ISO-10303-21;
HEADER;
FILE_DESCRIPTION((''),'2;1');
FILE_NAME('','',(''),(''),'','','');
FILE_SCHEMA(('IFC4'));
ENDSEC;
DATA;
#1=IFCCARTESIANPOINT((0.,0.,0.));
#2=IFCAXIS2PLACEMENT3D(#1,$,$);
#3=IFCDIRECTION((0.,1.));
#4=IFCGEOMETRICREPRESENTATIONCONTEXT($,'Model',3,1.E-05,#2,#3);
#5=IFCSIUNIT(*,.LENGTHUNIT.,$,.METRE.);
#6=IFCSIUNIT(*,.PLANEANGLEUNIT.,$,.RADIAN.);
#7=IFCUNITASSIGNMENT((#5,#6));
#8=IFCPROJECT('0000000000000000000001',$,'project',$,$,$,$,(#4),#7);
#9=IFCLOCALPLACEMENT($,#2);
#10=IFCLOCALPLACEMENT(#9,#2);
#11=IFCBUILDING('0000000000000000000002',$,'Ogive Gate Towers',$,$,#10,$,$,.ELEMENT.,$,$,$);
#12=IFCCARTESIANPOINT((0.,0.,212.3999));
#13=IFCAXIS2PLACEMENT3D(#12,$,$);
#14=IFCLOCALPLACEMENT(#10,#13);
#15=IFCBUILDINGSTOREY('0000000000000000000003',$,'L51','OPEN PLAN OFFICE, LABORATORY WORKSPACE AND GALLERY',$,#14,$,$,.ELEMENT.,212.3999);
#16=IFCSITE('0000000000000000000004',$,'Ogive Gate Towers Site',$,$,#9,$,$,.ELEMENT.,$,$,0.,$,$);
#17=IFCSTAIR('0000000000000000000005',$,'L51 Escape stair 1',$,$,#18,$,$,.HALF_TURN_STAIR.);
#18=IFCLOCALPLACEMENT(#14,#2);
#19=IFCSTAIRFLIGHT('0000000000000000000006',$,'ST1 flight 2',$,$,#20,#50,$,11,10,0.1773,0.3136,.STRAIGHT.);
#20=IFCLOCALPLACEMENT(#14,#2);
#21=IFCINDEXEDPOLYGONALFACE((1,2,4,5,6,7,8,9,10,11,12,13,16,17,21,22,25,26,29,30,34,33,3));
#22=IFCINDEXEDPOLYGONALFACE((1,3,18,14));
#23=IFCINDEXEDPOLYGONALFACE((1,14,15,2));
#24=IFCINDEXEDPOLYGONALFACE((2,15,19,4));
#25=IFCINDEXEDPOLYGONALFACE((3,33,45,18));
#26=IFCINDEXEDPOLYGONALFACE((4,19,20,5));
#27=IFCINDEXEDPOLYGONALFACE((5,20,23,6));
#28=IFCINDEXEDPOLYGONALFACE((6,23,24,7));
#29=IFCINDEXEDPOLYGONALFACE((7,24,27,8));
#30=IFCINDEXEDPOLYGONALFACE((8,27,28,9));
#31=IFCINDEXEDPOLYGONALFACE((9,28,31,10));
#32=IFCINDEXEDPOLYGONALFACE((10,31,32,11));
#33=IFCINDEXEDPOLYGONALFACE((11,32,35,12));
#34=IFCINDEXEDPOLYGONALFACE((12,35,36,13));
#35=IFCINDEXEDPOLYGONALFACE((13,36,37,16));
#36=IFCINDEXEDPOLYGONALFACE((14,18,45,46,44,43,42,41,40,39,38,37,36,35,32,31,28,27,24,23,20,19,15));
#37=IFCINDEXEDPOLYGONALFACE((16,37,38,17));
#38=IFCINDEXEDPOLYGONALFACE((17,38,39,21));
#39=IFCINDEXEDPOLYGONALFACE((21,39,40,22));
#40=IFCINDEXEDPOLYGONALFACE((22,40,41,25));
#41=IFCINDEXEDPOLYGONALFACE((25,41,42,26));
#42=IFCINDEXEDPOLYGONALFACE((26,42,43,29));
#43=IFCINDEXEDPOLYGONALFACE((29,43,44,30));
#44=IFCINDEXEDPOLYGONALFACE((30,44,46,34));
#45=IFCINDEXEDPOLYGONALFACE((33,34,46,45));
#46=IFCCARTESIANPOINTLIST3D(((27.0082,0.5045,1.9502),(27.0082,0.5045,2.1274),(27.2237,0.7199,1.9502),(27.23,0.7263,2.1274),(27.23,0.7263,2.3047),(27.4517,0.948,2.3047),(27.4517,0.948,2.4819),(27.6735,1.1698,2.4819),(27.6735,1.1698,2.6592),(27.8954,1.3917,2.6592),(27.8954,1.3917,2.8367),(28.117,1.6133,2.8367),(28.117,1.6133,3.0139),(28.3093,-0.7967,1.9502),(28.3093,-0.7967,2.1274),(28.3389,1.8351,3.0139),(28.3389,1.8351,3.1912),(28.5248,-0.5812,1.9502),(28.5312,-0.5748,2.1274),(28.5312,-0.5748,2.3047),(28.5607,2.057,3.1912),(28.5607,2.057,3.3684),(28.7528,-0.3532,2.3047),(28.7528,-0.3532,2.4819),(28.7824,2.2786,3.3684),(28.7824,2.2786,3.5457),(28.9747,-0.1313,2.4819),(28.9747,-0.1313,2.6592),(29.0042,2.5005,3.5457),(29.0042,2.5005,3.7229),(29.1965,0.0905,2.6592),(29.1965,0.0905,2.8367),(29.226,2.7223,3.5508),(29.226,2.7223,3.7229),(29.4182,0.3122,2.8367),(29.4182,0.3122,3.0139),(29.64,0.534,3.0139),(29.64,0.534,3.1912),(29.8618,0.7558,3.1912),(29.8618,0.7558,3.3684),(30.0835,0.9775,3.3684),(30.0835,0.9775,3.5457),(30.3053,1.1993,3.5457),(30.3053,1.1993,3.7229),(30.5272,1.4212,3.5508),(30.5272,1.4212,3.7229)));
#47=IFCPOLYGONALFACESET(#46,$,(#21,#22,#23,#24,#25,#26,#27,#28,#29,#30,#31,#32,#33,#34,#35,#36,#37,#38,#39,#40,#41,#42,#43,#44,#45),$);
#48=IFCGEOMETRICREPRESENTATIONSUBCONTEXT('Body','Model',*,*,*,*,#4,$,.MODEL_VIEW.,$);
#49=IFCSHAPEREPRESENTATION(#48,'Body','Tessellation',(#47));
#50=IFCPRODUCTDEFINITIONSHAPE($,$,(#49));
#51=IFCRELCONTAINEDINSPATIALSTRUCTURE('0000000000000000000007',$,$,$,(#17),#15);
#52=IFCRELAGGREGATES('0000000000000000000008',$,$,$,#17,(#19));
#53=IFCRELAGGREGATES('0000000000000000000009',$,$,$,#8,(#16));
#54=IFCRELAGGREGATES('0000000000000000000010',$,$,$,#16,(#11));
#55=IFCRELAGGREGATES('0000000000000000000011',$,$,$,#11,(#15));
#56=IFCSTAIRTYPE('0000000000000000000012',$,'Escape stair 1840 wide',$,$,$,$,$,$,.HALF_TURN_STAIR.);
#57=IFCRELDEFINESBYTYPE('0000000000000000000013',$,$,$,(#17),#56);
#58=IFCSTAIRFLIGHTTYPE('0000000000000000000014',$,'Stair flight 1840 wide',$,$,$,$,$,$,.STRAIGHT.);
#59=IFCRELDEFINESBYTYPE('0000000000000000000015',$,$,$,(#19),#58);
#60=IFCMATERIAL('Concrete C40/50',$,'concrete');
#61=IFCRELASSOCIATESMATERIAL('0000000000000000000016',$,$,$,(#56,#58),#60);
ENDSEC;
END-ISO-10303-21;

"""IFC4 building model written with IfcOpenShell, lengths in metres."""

from ifc_helpers import new_model, si_unit, direction, frame, origin, place, context, subcontext, project, spatial, polyline, outline, extrude, material, type_object, element, aggregate, save


model = new_model("IFC4")

# Units and contexts
model_context = context("Model", 3, precision=1e-05, world=origin(), true_north=direction((0.0, 1.0)))
body_context = subcontext(model_context, "Body", "Model", "MODEL_VIEW")
ifc_project = project(units=[si_unit("LENGTHUNIT", "METRE"), si_unit("PLANEANGLEUNIT", "RADIAN")], contexts=[model_context])

# Site, building, storey
site_placement = place(None, origin())
site = spatial("IfcSite", under=ifc_project, at=site_placement, Name="Ogive Gate Towers Site", CompositionType="ELEMENT", RefElevation=0.0)
building_placement = place(site_placement, origin())
building = spatial("IfcBuilding", under=site, at=building_placement, Name="Ogive Gate Towers", CompositionType="ELEMENT")
storey_placement = place(building_placement, frame((0.0, 0.0, 212.3999)))
storey = spatial("IfcBuildingStorey", under=building, at=storey_placement, Name="L51", Description="OPEN PLAN OFFICE, LABORATORY WORKSPACE AND GALLERY", CompositionType="ELEMENT", Elevation=212.3999)

# Stair, stair flight
ifc_material_1 = material(Name="Concrete C40/50", Category="concrete")
stair_type = type_object("IfcStairType", Name="Escape stair 1840 wide", PredefinedType="HALF_TURN_STAIR", material=ifc_material_1)
stair_placement = place(storey_placement, origin())
stair = element("IfcStair", 1, at=stair_placement, inside=storey, type_object=stair_type, Name="L51 Escape stair 1", PredefinedType="HALF_TURN_STAIR")
stair_flight_type = type_object("IfcStairFlightType", Name="Stair flight 1840 wide", PredefinedType="STRAIGHT", material=ifc_material_1)
stair_flight_placement = place(storey_placement, frame((27.6587, -0.146, 1.9502), z_axis=(0.0, 0.0, 1.0), x_axis=(0.707107, 0.707107, 0.0)))
stair_flight = element("IfcStairFlight", 2, at=stair_flight_placement, type_object=stair_flight_type, Name="ST1 flight 2", NumberOfRisers=11, NumberOfTreads=10, PredefinedType="STRAIGHT", RiserHeight=0.1773, TreadLength=0.3136, context=body_context, shape_type="SweptSolid", body=[
    extrude(outline(polyline([(0.0, 0.0), (0.0, 0.1772), (0.3137, 0.1772), (0.3137, 0.3545), (0.6272, 0.3545), (0.6272, 0.5317), (0.9409, 0.5317), (0.9409, 0.709), (1.2546, 0.709), (1.2546, 0.8865), (1.5681, 0.8865), (1.5681, 1.0637), (1.8818, 1.0637), (1.8818, 1.241), (2.1956, 1.241), (2.1956, 1.4182), (2.509, 1.4182), (2.509, 1.5955), (2.8228, 1.5955), (2.8228, 1.7727), (3.1365, 1.7727), (3.1365, 1.95), (3.1365, 1.6006), (0.3047, 0.0), (0.0, 0.0)])), frame((0.0, 0.9199, 0.0), z_axis=(0.0, -1.0, 0.0), x_axis=(1.0, 0.0, 0.0)), (0.0, 0.0, 1.0), 1.8401),
])
aggregate(stair, [stair_flight])

save(model, "model.ifc")
